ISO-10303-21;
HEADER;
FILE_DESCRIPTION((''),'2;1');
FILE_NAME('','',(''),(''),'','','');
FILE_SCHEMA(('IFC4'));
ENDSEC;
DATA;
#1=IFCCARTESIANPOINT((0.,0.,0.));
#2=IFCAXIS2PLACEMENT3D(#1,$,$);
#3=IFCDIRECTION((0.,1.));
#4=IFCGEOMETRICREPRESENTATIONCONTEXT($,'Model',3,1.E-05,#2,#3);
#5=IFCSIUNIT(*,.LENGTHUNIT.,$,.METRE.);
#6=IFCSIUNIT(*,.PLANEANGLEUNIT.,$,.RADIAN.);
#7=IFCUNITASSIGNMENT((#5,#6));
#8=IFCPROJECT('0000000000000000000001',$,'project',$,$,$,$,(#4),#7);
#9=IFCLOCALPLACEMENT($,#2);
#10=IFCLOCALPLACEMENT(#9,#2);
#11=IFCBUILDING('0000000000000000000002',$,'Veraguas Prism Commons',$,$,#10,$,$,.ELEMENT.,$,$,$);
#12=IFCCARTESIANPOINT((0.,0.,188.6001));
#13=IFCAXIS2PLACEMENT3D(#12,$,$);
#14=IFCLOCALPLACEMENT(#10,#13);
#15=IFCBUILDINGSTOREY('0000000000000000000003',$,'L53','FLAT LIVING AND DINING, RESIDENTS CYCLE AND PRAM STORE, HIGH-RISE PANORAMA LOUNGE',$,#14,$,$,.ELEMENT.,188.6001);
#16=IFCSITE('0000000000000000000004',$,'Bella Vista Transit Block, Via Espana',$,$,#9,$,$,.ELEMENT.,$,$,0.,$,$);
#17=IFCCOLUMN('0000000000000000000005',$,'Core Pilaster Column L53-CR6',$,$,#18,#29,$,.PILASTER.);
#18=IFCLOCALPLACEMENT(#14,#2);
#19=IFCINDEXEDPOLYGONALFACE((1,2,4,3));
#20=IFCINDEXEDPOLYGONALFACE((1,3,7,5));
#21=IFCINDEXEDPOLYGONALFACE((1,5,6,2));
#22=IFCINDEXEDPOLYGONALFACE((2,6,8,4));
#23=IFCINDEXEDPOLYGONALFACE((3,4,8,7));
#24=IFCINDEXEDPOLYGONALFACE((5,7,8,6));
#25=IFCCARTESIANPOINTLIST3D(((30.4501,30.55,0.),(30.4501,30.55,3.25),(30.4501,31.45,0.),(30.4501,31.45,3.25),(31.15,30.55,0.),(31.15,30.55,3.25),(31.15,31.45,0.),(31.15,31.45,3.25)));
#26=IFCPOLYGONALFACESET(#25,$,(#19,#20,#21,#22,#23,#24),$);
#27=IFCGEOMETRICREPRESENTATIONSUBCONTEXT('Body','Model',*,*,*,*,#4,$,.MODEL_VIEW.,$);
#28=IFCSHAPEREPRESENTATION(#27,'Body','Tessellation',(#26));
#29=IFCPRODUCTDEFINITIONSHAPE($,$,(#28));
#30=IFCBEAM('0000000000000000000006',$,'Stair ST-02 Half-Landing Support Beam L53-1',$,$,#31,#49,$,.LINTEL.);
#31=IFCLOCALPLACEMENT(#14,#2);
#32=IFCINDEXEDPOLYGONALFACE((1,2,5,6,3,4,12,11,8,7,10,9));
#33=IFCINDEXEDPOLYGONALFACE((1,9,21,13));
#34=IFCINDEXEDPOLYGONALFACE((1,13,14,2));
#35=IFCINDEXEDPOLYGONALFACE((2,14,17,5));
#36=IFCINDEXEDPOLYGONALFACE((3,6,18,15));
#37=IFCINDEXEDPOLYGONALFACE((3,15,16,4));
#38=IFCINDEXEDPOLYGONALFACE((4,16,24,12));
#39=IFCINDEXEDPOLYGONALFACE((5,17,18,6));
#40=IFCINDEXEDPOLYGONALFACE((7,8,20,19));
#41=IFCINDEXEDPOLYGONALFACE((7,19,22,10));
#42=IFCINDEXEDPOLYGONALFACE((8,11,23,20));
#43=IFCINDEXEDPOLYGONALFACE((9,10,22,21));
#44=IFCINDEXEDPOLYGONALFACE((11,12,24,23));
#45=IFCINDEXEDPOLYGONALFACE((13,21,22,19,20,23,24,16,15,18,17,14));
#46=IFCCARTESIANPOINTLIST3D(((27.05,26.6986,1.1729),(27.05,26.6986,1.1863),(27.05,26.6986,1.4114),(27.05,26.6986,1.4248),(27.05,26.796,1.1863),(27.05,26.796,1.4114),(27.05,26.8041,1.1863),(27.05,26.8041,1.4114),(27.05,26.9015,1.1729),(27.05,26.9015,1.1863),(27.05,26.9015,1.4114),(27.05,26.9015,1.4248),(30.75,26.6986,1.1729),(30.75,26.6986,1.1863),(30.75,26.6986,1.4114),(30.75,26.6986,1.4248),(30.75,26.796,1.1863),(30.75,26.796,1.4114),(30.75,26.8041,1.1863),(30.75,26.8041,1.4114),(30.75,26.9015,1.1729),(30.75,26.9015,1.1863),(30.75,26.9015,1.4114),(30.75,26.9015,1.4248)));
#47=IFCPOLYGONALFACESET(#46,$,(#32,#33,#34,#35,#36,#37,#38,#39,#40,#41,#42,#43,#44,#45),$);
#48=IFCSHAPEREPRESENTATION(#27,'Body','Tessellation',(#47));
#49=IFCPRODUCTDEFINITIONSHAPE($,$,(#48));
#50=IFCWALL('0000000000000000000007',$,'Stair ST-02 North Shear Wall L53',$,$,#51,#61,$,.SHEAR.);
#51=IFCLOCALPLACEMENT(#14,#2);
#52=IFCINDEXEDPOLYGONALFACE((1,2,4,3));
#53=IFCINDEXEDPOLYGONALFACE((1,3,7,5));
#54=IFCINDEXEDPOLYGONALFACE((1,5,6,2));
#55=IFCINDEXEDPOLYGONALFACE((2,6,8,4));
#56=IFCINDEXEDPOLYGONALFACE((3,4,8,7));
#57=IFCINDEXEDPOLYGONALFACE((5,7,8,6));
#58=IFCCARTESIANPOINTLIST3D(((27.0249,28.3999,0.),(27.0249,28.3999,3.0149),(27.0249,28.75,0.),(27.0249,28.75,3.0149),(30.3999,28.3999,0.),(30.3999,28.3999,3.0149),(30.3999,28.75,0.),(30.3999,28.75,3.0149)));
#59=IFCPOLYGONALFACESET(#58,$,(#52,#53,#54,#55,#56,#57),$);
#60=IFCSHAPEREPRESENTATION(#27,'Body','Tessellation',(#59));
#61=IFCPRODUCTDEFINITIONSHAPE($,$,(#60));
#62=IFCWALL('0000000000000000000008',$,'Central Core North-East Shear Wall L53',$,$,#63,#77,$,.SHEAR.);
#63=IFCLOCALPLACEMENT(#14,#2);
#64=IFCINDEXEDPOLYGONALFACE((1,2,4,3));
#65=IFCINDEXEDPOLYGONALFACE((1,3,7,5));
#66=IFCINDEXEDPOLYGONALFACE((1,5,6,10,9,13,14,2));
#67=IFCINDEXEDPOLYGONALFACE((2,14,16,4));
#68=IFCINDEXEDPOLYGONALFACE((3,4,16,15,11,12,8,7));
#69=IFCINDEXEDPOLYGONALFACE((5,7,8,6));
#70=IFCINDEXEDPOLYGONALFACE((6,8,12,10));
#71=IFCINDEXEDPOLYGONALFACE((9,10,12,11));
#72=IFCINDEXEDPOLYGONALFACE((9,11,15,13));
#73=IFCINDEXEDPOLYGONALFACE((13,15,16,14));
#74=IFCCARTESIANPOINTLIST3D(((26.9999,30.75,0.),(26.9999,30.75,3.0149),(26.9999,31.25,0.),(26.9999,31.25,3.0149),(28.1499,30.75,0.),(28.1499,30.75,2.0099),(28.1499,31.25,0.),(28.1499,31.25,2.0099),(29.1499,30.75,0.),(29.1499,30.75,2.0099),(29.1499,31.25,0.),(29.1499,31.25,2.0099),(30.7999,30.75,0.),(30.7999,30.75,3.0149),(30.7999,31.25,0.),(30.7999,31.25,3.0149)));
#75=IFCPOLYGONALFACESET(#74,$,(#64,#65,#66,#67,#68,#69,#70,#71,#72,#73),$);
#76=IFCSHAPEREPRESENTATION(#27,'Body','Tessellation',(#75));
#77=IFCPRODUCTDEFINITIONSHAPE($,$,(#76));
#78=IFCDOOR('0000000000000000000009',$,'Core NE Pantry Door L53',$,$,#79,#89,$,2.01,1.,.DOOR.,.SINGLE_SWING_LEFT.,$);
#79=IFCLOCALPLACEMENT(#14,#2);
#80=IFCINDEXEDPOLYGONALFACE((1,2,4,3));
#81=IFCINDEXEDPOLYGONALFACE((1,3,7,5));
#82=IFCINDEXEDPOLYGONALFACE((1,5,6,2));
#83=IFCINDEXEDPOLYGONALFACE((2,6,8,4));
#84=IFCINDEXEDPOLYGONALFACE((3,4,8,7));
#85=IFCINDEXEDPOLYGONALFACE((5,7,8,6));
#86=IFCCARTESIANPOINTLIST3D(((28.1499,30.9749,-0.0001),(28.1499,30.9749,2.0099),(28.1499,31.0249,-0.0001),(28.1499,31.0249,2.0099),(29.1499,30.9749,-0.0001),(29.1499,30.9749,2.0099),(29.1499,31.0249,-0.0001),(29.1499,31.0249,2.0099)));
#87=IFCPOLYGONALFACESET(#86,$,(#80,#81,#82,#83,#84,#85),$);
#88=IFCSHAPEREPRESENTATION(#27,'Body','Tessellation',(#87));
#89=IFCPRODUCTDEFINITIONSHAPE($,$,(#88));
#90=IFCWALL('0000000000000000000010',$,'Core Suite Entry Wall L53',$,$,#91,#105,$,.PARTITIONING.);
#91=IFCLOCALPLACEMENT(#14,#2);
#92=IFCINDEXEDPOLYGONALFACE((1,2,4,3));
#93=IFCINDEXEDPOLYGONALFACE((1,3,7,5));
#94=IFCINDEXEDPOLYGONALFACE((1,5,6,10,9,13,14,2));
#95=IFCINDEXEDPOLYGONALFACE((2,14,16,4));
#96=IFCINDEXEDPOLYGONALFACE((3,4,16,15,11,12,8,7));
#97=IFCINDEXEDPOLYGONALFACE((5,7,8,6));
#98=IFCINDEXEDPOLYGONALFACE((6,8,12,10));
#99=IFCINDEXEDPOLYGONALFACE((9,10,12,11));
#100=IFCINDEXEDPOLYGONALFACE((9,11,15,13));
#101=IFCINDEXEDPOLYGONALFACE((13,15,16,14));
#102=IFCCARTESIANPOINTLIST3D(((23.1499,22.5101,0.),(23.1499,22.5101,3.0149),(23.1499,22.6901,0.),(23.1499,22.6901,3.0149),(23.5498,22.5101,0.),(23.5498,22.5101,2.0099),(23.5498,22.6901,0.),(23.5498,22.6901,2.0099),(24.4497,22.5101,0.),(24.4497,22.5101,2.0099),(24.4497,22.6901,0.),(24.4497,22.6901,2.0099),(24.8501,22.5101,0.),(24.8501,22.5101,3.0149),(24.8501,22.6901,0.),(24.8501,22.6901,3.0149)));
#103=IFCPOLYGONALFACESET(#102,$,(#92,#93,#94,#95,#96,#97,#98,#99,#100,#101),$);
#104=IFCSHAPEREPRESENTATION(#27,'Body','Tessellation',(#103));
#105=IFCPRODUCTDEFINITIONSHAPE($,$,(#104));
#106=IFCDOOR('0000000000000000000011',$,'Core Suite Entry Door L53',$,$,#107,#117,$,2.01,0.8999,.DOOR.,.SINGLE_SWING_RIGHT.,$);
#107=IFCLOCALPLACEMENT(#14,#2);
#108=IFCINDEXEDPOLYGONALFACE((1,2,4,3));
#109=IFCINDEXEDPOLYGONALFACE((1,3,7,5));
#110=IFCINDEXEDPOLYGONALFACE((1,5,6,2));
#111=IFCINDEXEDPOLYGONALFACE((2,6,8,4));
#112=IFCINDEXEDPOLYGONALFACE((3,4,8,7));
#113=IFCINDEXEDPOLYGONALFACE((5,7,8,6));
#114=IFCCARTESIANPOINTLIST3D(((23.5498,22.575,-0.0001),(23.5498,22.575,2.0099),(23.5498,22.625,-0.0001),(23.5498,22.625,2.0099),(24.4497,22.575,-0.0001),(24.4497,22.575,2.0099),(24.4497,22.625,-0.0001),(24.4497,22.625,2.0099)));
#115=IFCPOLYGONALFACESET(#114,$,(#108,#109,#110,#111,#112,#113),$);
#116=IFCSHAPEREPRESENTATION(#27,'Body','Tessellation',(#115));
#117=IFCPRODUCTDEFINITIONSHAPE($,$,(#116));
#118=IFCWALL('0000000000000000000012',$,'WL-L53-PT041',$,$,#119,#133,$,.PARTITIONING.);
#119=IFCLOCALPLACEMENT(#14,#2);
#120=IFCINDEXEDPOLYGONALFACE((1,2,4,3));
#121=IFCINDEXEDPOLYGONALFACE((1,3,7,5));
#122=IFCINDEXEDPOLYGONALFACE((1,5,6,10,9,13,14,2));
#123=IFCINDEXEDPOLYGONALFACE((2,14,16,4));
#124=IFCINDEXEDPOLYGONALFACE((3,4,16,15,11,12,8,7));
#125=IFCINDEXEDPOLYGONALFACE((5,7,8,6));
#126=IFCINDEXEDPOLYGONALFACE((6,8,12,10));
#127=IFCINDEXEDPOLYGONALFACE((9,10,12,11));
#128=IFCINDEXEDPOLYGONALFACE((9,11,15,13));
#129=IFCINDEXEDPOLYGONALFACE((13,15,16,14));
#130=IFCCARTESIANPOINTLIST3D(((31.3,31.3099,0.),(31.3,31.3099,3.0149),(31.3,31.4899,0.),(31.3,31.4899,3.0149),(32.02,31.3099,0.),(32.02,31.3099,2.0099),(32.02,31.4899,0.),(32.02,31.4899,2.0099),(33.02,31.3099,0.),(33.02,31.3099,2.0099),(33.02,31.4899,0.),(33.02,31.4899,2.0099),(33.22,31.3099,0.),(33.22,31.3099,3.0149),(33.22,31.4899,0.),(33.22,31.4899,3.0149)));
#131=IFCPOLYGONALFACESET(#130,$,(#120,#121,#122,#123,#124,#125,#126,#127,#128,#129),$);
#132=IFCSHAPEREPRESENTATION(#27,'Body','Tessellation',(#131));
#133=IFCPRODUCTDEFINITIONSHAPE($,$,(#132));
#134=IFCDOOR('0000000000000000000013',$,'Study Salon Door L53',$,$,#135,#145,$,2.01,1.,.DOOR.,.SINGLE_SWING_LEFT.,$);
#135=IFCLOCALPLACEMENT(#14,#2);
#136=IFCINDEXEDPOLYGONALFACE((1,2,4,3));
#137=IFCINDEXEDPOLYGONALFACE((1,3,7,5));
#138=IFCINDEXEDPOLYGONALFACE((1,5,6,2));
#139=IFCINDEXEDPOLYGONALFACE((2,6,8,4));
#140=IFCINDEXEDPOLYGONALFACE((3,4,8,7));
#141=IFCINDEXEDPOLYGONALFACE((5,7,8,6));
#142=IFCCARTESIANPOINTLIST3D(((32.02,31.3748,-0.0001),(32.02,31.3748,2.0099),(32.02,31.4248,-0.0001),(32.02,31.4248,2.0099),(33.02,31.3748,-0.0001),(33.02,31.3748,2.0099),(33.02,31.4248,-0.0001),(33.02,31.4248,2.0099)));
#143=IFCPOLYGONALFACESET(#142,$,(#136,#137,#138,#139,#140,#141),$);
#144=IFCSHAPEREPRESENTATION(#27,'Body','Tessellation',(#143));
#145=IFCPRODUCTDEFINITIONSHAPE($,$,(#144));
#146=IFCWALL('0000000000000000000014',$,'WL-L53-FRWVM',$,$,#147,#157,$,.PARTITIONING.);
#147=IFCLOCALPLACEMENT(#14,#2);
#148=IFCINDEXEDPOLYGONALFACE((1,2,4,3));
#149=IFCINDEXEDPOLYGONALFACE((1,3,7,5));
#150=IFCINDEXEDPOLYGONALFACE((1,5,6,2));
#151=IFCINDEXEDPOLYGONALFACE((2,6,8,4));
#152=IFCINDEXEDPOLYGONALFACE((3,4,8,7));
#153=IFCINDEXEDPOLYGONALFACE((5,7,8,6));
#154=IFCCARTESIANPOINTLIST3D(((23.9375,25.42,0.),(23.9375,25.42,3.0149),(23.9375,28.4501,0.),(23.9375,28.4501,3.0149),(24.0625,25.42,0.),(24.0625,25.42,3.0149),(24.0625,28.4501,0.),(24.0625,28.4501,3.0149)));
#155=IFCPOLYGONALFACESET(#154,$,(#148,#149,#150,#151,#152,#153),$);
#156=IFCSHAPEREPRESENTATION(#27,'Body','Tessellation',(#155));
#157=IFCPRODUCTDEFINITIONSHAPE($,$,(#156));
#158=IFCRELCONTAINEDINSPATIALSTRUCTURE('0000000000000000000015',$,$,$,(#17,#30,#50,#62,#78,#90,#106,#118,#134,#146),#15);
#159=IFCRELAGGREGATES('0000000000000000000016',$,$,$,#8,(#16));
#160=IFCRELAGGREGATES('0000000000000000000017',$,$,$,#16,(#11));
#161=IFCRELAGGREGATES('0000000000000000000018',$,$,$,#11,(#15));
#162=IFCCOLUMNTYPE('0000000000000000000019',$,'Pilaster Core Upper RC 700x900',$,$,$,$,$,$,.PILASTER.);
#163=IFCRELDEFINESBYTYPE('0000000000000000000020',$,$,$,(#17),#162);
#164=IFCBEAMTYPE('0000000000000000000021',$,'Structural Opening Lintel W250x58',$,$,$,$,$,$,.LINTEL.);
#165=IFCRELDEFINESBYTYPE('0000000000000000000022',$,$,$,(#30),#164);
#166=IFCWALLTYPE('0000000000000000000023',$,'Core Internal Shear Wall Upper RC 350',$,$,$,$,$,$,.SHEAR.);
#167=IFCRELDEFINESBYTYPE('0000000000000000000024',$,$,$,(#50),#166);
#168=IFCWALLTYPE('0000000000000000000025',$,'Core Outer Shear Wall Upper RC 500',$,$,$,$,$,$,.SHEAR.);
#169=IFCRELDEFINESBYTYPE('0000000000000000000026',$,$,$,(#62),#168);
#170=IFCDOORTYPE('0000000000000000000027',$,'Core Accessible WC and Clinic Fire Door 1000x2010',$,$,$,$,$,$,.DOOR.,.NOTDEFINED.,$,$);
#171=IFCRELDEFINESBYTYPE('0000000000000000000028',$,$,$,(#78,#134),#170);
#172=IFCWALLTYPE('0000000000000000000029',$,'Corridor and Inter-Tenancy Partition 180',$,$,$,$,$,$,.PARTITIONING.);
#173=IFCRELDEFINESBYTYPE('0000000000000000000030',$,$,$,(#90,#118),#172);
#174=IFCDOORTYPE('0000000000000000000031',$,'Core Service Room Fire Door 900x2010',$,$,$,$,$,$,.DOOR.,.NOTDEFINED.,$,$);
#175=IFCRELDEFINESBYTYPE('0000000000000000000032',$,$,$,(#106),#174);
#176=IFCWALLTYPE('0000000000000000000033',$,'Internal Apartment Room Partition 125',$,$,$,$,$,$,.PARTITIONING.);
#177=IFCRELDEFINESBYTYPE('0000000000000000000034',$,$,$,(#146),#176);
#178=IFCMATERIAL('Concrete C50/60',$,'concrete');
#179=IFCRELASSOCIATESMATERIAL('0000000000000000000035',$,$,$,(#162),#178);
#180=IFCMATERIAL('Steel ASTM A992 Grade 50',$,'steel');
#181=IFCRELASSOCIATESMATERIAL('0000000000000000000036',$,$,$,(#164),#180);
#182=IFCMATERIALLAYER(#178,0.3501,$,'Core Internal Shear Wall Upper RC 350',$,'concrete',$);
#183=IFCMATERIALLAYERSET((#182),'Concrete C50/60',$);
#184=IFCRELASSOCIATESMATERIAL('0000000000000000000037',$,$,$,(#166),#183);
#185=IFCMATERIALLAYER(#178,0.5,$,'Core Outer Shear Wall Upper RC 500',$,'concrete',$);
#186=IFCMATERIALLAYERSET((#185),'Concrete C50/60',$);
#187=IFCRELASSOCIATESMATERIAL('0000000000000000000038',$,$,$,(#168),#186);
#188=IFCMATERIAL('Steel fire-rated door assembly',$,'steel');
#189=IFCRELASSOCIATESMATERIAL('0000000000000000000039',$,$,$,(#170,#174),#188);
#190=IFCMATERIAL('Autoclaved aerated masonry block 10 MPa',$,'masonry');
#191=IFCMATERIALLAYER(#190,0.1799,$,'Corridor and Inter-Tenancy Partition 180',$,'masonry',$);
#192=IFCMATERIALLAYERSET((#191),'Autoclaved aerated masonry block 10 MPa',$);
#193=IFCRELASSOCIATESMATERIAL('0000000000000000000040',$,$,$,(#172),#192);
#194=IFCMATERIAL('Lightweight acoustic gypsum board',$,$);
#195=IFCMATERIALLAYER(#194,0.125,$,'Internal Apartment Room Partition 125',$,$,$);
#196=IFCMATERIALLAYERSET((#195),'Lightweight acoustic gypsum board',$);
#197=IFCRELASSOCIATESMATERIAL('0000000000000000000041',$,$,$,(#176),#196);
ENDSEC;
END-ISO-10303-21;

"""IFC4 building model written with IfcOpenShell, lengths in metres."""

from ifc_helpers import new_model, si_unit, direction, frame, frame_2d, origin, origin_2d, place, context, subcontext, project, spatial, rectangle, i_section, extrude, source, transform, mapped, material, layer, layer_set, material_profile, profile_set, type_object, element, fill, save


model = new_model("IFC4")

# Units and contexts
model_context = context("Model", 3, precision=1e-05, world=origin(), true_north=direction((0.0, 1.0)))
body_context = subcontext(model_context, "Body", "Model", "MODEL_VIEW")
ifc_project = project(units=[si_unit("LENGTHUNIT", "METRE"), si_unit("PLANEANGLEUNIT", "RADIAN")], contexts=[model_context])

# Site, building, storey
site_placement = place(None, origin())
site = spatial("IfcSite", under=ifc_project, at=site_placement, Name="Bella Vista Transit Block, Via Espana", CompositionType="ELEMENT", RefElevation=0.0)
building_placement = place(site_placement, origin())
building = spatial("IfcBuilding", under=site, at=building_placement, Name="Veraguas Prism Commons", CompositionType="ELEMENT")
storey_placement = place(building_placement, frame((0.0, 0.0, 188.6001)))
storey = spatial("IfcBuildingStorey", under=building, at=storey_placement, Name="L53", Description="FLAT LIVING AND DINING, RESIDENTS CYCLE AND PRAM STORE, HIGH-RISE PANORAMA LOUNGE", CompositionType="ELEMENT", Elevation=188.6001)

# Column
ifc_material_1 = material(Name="Concrete C50/60", Category="concrete")
ifc_material_profile_1 = material_profile(ifc_material_1, rectangle(XDim=0.7, YDim=0.8999, at=origin_2d()), Name="RC700X900")
ifc_profile_set_1 = profile_set([ifc_material_profile_1], Name="Concrete C50/60")
column_type = type_object("IfcColumnType", Name="Pilaster Core Upper RC 700x900", PredefinedType="PILASTER", material=ifc_profile_set_1)
column_placement = place(storey_placement, frame((30.8, 31.0, 0.0), z_axis=(0.0, 0.0, 1.0), x_axis=(1.0, 0.0, 0.0)))
element("IfcColumn", 1, at=column_placement, inside=storey, type_object=column_type, Name="Core Pilaster Column L53-CR6", PredefinedType="PILASTER", context=body_context, shape_type="SweptSolid", body=[
    extrude(rectangle(XDim=0.7, YDim=0.8999, at=origin_2d()), origin(), (0.0, 0.0, 1.0), 3.25),
])

# Beam
ifc_material_2 = material(Name="Steel ASTM A992 Grade 50", Category="steel")
ifc_material_profile_2 = material_profile(ifc_material_2, i_section(OverallWidth=0.2029, OverallDepth=0.252, WebThickness=0.0081, FlangeThickness=0.0134, at=origin_2d()), Name="W250X58")
ifc_profile_set_2 = profile_set([ifc_material_profile_2], Name="Steel ASTM A992 Grade 50")
beam_type = type_object("IfcBeamType", Name="Structural Opening Lintel W250x58", PredefinedType="LINTEL", material=ifc_profile_set_2)
beam_placement = place(storey_placement, frame((27.05, 26.8, 1.2988), z_axis=(1.0, 0.0, 0.0), x_axis=(0.0, 1.0, 0.0)))
element("IfcBeam", 2, at=beam_placement, inside=storey, type_object=beam_type, Name="Stair ST-02 Half-Landing Support Beam L53-1", PredefinedType="LINTEL", context=body_context, shape_type="SweptSolid", body=[
    extrude(i_section(OverallWidth=0.2029, OverallDepth=0.252, WebThickness=0.0081, FlangeThickness=0.0134, at=origin_2d()), origin(), (0.0, 0.0, 1.0), 3.7),
])

# Wall
ifc_layer_1 = layer(ifc_material_1, 0.3501, Name="Core Internal Shear Wall Upper RC 350", Category="concrete")
ifc_layer_set_1 = layer_set([ifc_layer_1], Name="Concrete C50/60")
wall_type_1 = type_object("IfcWallType", Name="Core Internal Shear Wall Upper RC 350", PredefinedType="SHEAR", material=ifc_layer_set_1)
wall_1_placement = place(storey_placement, frame((27.0249, 28.575, 0.0), z_axis=(0.0, 0.0, 1.0), x_axis=(1.0, 0.0, 0.0)))
element("IfcWall", 3, at=wall_1_placement, inside=storey, type_object=wall_type_1, Name="Stair ST-02 North Shear Wall L53", PredefinedType="SHEAR", context=body_context, shape_type="SweptSolid", body=[
    extrude(rectangle(XDim=3.375, YDim=0.3501, at=frame_2d((1.6875, 0.0))), origin(), (0.0, 0.0, 1.0), 3.0149),
])

# Walls, openings, doors
ifc_layer_2 = layer(ifc_material_1, 0.5, Name="Core Outer Shear Wall Upper RC 500", Category="concrete")
ifc_layer_set_2 = layer_set([ifc_layer_2], Name="Concrete C50/60")
wall_type_2 = type_object("IfcWallType", Name="Core Outer Shear Wall Upper RC 500", PredefinedType="SHEAR", material=ifc_layer_set_2)
wall_2_placement = place(storey_placement, frame((27.0, 31.0, 0.0), z_axis=(0.0, 0.0, 1.0), x_axis=(1.0, 0.0, 0.0)))
wall_2 = element("IfcWall", 4, at=wall_2_placement, inside=storey, type_object=wall_type_2, Name="Central Core North-East Shear Wall L53", PredefinedType="SHEAR", context=body_context, shape_type="SweptSolid", body=[
    extrude(rectangle(XDim=3.8, YDim=0.5, at=frame_2d((1.8999, 0.0))), origin(), (0.0, 0.0, 1.0), 3.0149),
])
opening_1_placement = place(wall_2_placement, frame((1.1499, 0.0, 0.0)))
opening_1 = element("IfcOpeningElement", 5, at=opening_1_placement, cuts=wall_2, PredefinedType="OPENING", context=body_context, shape_type="SweptSolid", body=[
    extrude(rectangle(XDim=1.0, YDim=2.01, at=frame_2d((0.5, 1.0049))), frame((0.0, 0.26, 0.0), z_axis=(0.0, -1.0, 0.0), x_axis=(1.0, 0.0, 0.0)), (0.0, 0.0, 1.0), 0.52),
])
ifc_material_3 = material(Name="Steel fire-rated door assembly", Category="steel")
door_type_1 = type_object("IfcDoorType", Name="Core Accessible WC and Clinic Fire Door 1000x2010", OperationType="NOTDEFINED", PredefinedType="DOOR", material=ifc_material_3)
shared_shape_1 = source(origin(), body_context, "Body", "SweptSolid", [
    extrude(rectangle(XDim=1.0, YDim=2.01, at=frame_2d((0.5, 1.0049))), frame((0.0, 0.0249, 0.0), z_axis=(0.0, -1.0, 0.0), x_axis=(1.0, 0.0, 0.0)), (0.0, 0.0, 1.0), 0.05),
])
door_1_placement = place(opening_1_placement, origin())
door_1 = element("IfcDoor", 6, at=door_1_placement, inside=storey, type_object=door_type_1, Name="Core NE Pantry Door L53", OperationType="SINGLE_SWING_LEFT", OverallHeight=2.01, OverallWidth=1.0, PredefinedType="DOOR", context=body_context, shape_type="MappedRepresentation", body=[
    mapped(shared_shape_1, transform((0.0, 0.0, 0.0), scale=1.0)),
])
fill(opening_1, door_1)
ifc_material_4 = material(Name="Autoclaved aerated masonry block 10 MPa", Category="masonry")
ifc_layer_3 = layer(ifc_material_4, 0.1799, Name="Corridor and Inter-Tenancy Partition 180", Category="masonry")
ifc_layer_set_3 = layer_set([ifc_layer_3], Name="Autoclaved aerated masonry block 10 MPa")
wall_type_3 = type_object("IfcWallType", Name="Corridor and Inter-Tenancy Partition 180", PredefinedType="PARTITIONING", material=ifc_layer_set_3)
wall_3_placement = place(storey_placement, frame((23.1499, 22.6001, 0.0), z_axis=(0.0, 0.0, 1.0), x_axis=(1.0, 0.0, 0.0)))
wall_3 = element("IfcWall", 7, at=wall_3_placement, inside=storey, type_object=wall_type_3, Name="Core Suite Entry Wall L53", PredefinedType="PARTITIONING", context=body_context, shape_type="SweptSolid", body=[
    extrude(rectangle(XDim=1.7002, YDim=0.1799, at=frame_2d((0.8501, 0.0))), origin(), (0.0, 0.0, 1.0), 3.0149),
])
opening_2_placement = place(wall_3_placement, frame((0.3999, 0.0, 0.0)))
opening_2 = element("IfcOpeningElement", 8, at=opening_2_placement, cuts=wall_3, PredefinedType="OPENING", context=body_context, shape_type="SweptSolid", body=[
    extrude(rectangle(XDim=0.8999, YDim=2.01, at=frame_2d((0.45, 1.0049))), frame((0.0, 0.0999, 0.0), z_axis=(0.0, -1.0, 0.0), x_axis=(1.0, 0.0, 0.0)), (0.0, 0.0, 1.0), 0.2),
])
door_type_2 = type_object("IfcDoorType", Name="Core Service Room Fire Door 900x2010", OperationType="NOTDEFINED", PredefinedType="DOOR", material=ifc_material_3)
shared_shape_2 = source(origin(), body_context, "Body", "SweptSolid", [
    extrude(rectangle(XDim=0.8999, YDim=2.01, at=frame_2d((0.45, 1.0049))), frame((0.0, 0.0249, 0.0), z_axis=(0.0, -1.0, 0.0), x_axis=(1.0, 0.0, 0.0)), (0.0, 0.0, 1.0), 0.05),
])
door_2_placement = place(opening_2_placement, origin())
door_2 = element("IfcDoor", 9, at=door_2_placement, inside=storey, type_object=door_type_2, Name="Core Suite Entry Door L53", OperationType="SINGLE_SWING_RIGHT", OverallHeight=2.01, OverallWidth=0.8999, PredefinedType="DOOR", context=body_context, shape_type="MappedRepresentation", body=[
    mapped(shared_shape_2, transform((0.0, 0.0, 0.0), scale=1.0)),
])
fill(opening_2, door_2)
wall_4_placement = place(storey_placement, frame((31.3, 31.3999, 0.0), z_axis=(0.0, 0.0, 1.0), x_axis=(1.0, 0.0, 0.0)))
wall_4 = element("IfcWall", 10, at=wall_4_placement, inside=storey, type_object=wall_type_3, Name="WL-L53-PT041", PredefinedType="PARTITIONING", context=body_context, shape_type="SweptSolid", body=[
    extrude(rectangle(XDim=1.9199, YDim=0.1799, at=frame_2d((0.96, 0.0))), origin(), (0.0, 0.0, 1.0), 3.0149),
])
opening_3_placement = place(wall_4_placement, frame((0.72, 0.0, 0.0)))
opening_3 = element("IfcOpeningElement", 11, at=opening_3_placement, cuts=wall_4, PredefinedType="OPENING", context=body_context, shape_type="SweptSolid", body=[
    extrude(rectangle(XDim=1.0, YDim=2.01, at=frame_2d((0.5, 1.0049))), frame((0.0, 0.0999, 0.0), z_axis=(0.0, -1.0, 0.0), x_axis=(1.0, 0.0, 0.0)), (0.0, 0.0, 1.0), 0.2),
])
door_3_placement = place(opening_3_placement, origin())
door_3 = element("IfcDoor", 12, at=door_3_placement, inside=storey, type_object=door_type_1, Name="Study Salon Door L53", OperationType="SINGLE_SWING_LEFT", OverallHeight=2.01, OverallWidth=1.0, PredefinedType="DOOR", context=body_context, shape_type="MappedRepresentation", body=[
    mapped(shared_shape_1, transform((0.0, 0.0, 0.0), scale=1.0)),
])
fill(opening_3, door_3)

# Wall
ifc_material_5 = material(Name="Lightweight acoustic gypsum board")
ifc_layer_4 = layer(ifc_material_5, 0.125, Name="Internal Apartment Room Partition 125")
ifc_layer_set_4 = layer_set([ifc_layer_4], Name="Lightweight acoustic gypsum board")
wall_type_4 = type_object("IfcWallType", Name="Internal Apartment Room Partition 125", PredefinedType="PARTITIONING", material=ifc_layer_set_4)
wall_5_placement = place(storey_placement, frame((24.0, 25.4199, 0.0), z_axis=(0.0, 0.0, 1.0), x_axis=(0.0, 1.0, 0.0)))
element("IfcWall", 13, at=wall_5_placement, inside=storey, type_object=wall_type_4, Name="WL-L53-FRWVM", PredefinedType="PARTITIONING", context=body_context, shape_type="SweptSolid", body=[
    extrude(rectangle(XDim=3.03, YDim=0.125, at=frame_2d((1.5151, 0.0))), origin(), (0.0, 0.0, 1.0), 3.0149),
])

save(model, "model.ifc")
